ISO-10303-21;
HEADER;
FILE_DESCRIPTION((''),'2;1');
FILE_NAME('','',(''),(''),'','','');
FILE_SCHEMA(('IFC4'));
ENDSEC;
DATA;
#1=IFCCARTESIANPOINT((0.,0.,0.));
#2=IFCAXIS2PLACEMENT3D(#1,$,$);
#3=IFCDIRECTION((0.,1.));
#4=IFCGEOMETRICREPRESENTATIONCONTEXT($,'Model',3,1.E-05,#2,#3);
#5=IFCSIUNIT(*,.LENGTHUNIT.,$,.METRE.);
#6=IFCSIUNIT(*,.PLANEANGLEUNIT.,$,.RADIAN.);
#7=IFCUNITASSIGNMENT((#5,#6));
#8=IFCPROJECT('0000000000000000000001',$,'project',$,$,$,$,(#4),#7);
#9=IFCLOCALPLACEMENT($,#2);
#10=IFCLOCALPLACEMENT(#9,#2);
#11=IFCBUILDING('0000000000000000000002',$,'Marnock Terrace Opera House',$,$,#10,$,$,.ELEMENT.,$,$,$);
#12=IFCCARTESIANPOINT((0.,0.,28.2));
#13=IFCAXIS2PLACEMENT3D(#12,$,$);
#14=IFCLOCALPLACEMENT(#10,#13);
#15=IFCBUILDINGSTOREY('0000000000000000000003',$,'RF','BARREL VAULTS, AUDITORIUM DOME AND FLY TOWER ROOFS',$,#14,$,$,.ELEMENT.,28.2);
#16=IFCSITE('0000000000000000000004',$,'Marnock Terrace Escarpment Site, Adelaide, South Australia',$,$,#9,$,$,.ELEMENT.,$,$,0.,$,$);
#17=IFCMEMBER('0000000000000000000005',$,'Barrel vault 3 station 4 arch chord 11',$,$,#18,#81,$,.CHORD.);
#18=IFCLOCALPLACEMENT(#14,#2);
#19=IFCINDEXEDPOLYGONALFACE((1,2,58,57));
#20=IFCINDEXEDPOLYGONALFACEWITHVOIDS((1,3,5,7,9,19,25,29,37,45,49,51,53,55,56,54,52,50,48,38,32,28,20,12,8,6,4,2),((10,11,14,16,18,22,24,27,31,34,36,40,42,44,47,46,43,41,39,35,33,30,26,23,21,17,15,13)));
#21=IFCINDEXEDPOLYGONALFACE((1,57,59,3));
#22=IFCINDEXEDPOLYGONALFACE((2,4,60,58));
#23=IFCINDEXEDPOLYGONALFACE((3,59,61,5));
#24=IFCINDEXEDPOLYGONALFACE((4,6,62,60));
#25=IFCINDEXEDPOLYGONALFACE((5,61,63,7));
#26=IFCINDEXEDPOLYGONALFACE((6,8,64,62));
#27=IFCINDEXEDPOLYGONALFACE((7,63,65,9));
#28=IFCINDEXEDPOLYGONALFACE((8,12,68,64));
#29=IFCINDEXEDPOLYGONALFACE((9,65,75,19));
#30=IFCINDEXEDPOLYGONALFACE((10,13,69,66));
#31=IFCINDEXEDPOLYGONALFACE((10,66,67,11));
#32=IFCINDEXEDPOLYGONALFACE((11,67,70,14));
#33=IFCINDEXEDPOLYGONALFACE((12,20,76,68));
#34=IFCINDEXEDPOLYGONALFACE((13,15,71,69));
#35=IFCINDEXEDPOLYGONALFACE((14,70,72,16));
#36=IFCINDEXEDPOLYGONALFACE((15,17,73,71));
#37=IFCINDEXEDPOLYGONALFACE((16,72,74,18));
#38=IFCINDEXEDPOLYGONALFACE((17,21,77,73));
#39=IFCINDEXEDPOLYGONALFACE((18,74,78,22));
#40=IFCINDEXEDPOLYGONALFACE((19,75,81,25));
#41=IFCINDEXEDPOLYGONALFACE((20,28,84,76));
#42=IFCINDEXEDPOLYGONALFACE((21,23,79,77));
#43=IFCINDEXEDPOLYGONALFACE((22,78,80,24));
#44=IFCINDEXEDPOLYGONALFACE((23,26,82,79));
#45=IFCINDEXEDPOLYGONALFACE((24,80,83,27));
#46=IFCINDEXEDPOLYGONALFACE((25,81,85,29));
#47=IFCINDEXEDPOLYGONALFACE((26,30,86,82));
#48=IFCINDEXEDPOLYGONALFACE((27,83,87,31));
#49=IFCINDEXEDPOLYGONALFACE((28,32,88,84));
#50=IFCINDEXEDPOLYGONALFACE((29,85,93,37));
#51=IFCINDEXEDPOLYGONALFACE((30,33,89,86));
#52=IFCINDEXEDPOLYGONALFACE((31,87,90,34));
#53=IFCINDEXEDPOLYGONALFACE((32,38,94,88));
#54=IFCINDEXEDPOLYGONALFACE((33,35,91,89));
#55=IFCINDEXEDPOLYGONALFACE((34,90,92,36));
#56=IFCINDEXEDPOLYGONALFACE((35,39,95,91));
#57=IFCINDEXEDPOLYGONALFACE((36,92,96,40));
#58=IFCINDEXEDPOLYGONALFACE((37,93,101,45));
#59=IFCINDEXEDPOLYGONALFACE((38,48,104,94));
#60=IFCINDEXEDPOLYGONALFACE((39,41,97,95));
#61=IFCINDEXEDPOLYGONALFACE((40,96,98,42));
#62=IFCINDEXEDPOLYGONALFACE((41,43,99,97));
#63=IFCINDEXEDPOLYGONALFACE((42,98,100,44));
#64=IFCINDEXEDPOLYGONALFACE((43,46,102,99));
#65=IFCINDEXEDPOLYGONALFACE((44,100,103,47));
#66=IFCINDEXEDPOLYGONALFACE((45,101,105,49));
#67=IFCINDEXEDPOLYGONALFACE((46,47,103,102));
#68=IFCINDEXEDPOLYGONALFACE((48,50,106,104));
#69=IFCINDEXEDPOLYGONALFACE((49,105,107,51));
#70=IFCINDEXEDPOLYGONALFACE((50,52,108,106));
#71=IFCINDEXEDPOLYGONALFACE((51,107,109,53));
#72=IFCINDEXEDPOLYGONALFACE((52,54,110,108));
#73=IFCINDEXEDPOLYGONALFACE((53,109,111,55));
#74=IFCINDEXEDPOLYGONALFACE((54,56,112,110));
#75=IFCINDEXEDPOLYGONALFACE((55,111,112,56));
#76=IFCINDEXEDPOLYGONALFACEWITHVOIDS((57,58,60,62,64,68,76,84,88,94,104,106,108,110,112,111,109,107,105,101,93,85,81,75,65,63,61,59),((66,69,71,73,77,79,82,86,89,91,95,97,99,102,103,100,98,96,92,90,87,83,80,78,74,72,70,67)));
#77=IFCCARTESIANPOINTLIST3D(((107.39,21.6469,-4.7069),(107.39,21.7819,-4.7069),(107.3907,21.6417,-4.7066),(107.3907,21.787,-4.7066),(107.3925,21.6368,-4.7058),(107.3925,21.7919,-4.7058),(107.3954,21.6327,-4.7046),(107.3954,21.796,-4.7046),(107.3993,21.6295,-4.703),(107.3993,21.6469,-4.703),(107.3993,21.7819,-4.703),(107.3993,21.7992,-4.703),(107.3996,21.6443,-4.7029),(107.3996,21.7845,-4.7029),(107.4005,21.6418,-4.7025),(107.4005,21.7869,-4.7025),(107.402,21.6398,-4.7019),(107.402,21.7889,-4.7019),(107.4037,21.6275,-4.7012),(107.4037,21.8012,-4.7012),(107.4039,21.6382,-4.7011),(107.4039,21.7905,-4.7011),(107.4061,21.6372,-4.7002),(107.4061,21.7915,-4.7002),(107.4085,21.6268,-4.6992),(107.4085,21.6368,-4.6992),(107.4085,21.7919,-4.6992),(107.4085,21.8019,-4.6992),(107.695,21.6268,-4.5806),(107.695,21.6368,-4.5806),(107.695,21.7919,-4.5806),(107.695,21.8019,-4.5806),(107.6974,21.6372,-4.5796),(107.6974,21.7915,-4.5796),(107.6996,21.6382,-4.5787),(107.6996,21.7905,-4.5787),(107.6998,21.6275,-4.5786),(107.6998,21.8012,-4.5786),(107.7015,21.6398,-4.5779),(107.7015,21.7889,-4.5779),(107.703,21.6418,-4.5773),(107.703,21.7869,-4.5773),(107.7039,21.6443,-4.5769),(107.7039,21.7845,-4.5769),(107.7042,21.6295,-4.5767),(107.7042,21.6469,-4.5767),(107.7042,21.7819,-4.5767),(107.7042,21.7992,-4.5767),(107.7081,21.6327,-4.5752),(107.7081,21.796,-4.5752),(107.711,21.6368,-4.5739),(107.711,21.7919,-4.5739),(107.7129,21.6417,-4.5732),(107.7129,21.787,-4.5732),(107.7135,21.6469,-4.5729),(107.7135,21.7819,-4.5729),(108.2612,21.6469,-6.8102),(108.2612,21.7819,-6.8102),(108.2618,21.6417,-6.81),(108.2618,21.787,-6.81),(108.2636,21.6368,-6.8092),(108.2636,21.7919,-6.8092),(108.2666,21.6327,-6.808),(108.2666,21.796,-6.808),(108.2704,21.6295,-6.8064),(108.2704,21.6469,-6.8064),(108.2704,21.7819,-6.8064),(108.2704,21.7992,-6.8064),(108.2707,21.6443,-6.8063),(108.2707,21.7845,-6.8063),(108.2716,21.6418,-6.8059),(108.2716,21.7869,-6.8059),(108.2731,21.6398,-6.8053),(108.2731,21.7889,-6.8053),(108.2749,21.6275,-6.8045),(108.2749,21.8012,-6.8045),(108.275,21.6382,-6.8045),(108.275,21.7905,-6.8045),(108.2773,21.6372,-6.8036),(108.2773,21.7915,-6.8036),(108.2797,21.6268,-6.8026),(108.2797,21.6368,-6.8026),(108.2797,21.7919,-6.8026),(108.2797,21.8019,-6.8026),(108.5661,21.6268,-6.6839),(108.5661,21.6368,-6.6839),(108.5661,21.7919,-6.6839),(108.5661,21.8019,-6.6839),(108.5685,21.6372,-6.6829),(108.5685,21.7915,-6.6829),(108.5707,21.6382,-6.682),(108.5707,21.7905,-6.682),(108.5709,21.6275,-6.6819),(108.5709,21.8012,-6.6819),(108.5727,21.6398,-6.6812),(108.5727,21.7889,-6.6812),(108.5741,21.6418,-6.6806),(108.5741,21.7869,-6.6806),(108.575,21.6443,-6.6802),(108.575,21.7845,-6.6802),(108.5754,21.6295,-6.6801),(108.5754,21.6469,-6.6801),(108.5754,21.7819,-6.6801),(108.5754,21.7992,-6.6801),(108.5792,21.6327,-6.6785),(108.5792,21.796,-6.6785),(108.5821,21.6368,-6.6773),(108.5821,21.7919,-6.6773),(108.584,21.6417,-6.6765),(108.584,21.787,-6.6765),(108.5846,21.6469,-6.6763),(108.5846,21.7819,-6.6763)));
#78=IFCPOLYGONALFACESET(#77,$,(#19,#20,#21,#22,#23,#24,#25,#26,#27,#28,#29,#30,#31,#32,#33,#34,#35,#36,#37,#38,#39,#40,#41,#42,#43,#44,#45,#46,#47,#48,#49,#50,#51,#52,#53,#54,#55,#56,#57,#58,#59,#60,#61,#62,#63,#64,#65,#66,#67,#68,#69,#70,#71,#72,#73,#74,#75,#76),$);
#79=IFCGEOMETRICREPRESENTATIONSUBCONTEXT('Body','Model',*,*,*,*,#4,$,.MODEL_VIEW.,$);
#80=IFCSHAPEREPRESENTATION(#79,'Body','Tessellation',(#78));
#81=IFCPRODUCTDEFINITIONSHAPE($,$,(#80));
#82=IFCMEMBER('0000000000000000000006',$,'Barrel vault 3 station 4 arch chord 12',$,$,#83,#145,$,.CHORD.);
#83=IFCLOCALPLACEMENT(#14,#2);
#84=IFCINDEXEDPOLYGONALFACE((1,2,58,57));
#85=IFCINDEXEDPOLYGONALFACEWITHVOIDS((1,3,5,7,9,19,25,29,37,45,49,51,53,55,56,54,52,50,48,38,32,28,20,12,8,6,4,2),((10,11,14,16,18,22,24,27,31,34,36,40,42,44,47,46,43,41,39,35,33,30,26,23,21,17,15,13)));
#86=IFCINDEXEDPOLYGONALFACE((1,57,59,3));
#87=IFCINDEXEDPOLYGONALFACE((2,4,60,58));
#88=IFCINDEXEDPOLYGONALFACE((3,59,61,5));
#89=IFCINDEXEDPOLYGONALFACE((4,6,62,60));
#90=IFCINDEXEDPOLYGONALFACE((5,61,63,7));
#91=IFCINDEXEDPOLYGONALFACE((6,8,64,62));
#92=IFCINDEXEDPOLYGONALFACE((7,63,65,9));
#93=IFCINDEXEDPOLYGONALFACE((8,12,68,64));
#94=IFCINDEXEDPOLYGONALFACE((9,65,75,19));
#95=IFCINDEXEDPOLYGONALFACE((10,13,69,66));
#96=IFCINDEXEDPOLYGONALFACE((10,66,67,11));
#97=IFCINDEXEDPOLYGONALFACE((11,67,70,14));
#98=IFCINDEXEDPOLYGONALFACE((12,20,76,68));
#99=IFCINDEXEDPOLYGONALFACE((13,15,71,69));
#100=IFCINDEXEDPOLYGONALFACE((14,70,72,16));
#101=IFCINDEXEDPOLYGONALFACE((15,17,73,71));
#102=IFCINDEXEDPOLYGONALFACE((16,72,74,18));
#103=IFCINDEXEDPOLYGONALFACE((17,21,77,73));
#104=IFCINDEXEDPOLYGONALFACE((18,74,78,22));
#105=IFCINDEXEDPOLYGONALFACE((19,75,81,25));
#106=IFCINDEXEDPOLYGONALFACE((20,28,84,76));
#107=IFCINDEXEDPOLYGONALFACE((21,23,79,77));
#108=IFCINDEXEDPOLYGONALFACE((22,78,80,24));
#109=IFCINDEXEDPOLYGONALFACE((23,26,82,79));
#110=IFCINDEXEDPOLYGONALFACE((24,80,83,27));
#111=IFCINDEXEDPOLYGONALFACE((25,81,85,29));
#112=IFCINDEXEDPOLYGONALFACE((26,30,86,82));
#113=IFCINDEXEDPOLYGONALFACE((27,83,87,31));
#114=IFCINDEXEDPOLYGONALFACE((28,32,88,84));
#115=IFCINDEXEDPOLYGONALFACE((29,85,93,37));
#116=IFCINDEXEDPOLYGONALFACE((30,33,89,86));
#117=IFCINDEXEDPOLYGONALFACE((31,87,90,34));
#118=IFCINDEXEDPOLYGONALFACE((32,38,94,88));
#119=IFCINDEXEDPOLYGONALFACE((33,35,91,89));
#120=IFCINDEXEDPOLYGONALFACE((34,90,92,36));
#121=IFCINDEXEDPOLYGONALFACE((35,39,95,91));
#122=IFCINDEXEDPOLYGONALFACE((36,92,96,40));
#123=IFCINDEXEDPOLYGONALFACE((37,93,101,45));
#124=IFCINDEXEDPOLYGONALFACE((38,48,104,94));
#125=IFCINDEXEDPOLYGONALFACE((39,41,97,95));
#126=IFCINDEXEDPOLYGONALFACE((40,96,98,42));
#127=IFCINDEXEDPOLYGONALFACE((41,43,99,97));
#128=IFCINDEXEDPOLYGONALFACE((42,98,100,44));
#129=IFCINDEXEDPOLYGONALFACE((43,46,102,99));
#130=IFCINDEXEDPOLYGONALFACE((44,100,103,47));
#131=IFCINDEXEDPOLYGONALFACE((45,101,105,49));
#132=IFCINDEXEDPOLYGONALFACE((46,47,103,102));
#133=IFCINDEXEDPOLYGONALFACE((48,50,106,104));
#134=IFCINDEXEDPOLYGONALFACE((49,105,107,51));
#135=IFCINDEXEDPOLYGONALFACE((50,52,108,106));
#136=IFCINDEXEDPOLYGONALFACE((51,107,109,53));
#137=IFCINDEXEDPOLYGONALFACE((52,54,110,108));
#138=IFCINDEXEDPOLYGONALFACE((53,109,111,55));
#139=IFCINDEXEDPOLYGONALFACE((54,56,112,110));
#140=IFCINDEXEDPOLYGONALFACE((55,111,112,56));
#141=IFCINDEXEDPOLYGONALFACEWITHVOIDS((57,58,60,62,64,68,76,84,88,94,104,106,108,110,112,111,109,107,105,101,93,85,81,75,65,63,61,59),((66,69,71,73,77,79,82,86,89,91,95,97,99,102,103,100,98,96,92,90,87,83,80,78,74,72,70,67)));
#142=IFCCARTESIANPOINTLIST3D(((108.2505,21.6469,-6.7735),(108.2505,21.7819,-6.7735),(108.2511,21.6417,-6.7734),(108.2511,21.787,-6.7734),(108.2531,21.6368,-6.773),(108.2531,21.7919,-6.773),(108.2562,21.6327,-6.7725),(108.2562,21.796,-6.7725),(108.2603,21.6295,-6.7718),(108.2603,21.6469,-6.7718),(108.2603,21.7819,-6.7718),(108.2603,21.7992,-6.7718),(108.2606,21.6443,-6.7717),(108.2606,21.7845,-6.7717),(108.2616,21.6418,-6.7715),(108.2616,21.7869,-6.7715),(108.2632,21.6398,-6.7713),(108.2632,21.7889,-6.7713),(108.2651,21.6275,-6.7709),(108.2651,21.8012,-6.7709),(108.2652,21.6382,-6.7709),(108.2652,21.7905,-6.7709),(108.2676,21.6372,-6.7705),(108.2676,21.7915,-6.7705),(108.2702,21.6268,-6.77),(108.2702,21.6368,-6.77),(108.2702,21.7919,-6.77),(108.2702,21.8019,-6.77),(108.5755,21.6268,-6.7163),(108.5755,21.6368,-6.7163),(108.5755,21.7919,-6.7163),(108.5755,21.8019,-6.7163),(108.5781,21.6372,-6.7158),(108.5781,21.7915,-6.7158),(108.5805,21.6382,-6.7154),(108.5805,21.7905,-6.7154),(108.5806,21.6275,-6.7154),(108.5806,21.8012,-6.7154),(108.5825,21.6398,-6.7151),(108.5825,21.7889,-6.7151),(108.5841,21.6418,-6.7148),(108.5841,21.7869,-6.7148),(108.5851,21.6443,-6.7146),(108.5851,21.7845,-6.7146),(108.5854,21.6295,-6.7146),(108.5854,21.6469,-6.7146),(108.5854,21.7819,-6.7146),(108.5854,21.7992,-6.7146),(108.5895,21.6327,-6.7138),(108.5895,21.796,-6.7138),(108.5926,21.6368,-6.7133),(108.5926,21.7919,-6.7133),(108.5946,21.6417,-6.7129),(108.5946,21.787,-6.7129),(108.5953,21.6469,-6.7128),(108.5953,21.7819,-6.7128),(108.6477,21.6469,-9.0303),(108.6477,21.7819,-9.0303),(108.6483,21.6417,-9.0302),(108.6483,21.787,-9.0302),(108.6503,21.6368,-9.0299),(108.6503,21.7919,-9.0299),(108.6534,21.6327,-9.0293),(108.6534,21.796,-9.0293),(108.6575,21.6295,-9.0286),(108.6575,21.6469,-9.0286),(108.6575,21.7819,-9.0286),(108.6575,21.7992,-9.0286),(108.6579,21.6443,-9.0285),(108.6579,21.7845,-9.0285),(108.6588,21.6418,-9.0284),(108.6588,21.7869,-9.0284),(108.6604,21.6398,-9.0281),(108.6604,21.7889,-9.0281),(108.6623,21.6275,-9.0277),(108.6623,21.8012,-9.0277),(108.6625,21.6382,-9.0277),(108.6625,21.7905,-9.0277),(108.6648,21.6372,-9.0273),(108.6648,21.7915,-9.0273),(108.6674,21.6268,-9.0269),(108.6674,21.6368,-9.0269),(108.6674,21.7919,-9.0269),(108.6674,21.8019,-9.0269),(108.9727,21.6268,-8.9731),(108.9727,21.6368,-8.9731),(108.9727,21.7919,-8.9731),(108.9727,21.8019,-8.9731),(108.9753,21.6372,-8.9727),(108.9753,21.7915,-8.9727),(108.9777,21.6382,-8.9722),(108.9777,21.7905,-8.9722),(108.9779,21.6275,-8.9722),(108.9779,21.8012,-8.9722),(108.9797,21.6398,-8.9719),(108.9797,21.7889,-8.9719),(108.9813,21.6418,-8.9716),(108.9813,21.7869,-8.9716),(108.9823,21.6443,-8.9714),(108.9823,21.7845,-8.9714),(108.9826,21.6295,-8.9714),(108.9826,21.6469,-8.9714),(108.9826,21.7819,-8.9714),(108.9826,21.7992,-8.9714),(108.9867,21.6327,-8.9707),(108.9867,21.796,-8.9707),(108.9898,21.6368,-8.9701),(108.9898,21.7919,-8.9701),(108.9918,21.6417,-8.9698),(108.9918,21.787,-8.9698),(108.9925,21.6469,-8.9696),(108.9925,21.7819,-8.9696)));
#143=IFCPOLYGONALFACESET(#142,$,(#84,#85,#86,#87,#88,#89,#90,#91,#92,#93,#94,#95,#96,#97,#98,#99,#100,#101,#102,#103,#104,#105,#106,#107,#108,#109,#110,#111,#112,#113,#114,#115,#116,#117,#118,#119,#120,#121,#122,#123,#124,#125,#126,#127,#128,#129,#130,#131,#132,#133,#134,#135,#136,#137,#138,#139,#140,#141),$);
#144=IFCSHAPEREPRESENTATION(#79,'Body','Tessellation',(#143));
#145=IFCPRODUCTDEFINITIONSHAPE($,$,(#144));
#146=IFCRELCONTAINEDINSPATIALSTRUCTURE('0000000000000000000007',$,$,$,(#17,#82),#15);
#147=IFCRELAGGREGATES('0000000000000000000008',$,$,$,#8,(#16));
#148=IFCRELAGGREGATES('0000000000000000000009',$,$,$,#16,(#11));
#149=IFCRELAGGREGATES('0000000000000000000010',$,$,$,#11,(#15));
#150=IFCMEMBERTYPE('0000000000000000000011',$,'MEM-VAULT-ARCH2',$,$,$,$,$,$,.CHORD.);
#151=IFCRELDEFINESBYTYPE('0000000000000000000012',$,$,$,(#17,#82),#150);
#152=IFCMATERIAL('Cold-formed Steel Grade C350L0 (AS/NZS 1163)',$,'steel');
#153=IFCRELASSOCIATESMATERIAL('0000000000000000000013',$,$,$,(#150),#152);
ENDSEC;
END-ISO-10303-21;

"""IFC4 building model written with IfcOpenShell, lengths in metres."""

from ifc_helpers import new_model, si_unit, direction, frame, origin, origin_2d, place, context, subcontext, project, spatial, hollow_rectangle, extrude, material, material_profile, profile_set, type_object, element, save


model = new_model("IFC4")

# Units and contexts
model_context = context("Model", 3, precision=1e-05, world=origin(), true_north=direction((0.0, 1.0)))
body_context = subcontext(model_context, "Body", "Model", "MODEL_VIEW")
ifc_project = project(units=[si_unit("LENGTHUNIT", "METRE"), si_unit("PLANEANGLEUNIT", "RADIAN")], contexts=[model_context])

# Site, building, storey
site_placement = place(None, origin())
site = spatial("IfcSite", under=ifc_project, at=site_placement, Name="Marnock Terrace Escarpment Site, Adelaide, South Australia", CompositionType="ELEMENT", RefElevation=0.0)
building_placement = place(site_placement, origin())
building = spatial("IfcBuilding", under=site, at=building_placement, Name="Marnock Terrace Opera House", CompositionType="ELEMENT")
storey_placement = place(building_placement, frame((0.0, 0.0, 28.2)))
storey = spatial("IfcBuildingStorey", under=building, at=storey_placement, Name="RF", Description="BARREL VAULTS, AUDITORIUM DOME AND FLY TOWER ROOFS", CompositionType="ELEMENT", Elevation=28.2)

# Members
ifc_material = material(Name="Cold-formed Steel Grade C350L0 (AS/NZS 1163)", Category="steel")
ifc_material_profile_1 = material_profile(ifc_material, hollow_rectangle(XDim=0.175, YDim=0.3501, WallThickness=0.01, InnerFilletRadius=0.01, OuterFilletRadius=0.02, at=origin_2d()))
ifc_profile_set_1 = profile_set([ifc_material_profile_1], Name="Cold-formed Steel Grade C350L0 (AS/NZS 1163)")
member_type_1 = type_object("IfcMemberType", Name="MEM-VAULT-ARCH2", PredefinedType="CHORD", material=ifc_profile_set_1)
member_1_placement = place(storey_placement, frame((107.5518, 21.7144, -4.6399), z_axis=(0.382642, 0.0, -0.923897), x_axis=(0.0, 1.0, 0.0)))
element("IfcMember", 1, at=member_1_placement, inside=storey, type_object=member_type_1, Name="Barrel vault 3 station 4 arch chord 11", PredefinedType="CHORD", context=body_context, shape_type="SweptSolid", body=[
    extrude(hollow_rectangle(XDim=0.175, YDim=0.3501, WallThickness=0.01, InnerFilletRadius=0.01, OuterFilletRadius=0.02, at=origin_2d()), origin(), (0.0, 0.0, 1.0), 2.2766),
])
member_2_placement = place(storey_placement, frame((108.4229, 21.7144, -6.7432), z_axis=(0.173342, 0.0, -0.984862), x_axis=(0.0, 1.0, 0.0)))
element("IfcMember", 2, at=member_2_placement, inside=storey, type_object=member_type_1, Name="Barrel vault 3 station 4 arch chord 12", PredefinedType="CHORD", context=body_context, shape_type="SweptSolid", body=[
    extrude(hollow_rectangle(XDim=0.175, YDim=0.3501, WallThickness=0.01, InnerFilletRadius=0.01, OuterFilletRadius=0.02, at=origin_2d()), origin(), (0.0, 0.0, 1.0), 2.2915),
])

save(model, "model.ifc")
